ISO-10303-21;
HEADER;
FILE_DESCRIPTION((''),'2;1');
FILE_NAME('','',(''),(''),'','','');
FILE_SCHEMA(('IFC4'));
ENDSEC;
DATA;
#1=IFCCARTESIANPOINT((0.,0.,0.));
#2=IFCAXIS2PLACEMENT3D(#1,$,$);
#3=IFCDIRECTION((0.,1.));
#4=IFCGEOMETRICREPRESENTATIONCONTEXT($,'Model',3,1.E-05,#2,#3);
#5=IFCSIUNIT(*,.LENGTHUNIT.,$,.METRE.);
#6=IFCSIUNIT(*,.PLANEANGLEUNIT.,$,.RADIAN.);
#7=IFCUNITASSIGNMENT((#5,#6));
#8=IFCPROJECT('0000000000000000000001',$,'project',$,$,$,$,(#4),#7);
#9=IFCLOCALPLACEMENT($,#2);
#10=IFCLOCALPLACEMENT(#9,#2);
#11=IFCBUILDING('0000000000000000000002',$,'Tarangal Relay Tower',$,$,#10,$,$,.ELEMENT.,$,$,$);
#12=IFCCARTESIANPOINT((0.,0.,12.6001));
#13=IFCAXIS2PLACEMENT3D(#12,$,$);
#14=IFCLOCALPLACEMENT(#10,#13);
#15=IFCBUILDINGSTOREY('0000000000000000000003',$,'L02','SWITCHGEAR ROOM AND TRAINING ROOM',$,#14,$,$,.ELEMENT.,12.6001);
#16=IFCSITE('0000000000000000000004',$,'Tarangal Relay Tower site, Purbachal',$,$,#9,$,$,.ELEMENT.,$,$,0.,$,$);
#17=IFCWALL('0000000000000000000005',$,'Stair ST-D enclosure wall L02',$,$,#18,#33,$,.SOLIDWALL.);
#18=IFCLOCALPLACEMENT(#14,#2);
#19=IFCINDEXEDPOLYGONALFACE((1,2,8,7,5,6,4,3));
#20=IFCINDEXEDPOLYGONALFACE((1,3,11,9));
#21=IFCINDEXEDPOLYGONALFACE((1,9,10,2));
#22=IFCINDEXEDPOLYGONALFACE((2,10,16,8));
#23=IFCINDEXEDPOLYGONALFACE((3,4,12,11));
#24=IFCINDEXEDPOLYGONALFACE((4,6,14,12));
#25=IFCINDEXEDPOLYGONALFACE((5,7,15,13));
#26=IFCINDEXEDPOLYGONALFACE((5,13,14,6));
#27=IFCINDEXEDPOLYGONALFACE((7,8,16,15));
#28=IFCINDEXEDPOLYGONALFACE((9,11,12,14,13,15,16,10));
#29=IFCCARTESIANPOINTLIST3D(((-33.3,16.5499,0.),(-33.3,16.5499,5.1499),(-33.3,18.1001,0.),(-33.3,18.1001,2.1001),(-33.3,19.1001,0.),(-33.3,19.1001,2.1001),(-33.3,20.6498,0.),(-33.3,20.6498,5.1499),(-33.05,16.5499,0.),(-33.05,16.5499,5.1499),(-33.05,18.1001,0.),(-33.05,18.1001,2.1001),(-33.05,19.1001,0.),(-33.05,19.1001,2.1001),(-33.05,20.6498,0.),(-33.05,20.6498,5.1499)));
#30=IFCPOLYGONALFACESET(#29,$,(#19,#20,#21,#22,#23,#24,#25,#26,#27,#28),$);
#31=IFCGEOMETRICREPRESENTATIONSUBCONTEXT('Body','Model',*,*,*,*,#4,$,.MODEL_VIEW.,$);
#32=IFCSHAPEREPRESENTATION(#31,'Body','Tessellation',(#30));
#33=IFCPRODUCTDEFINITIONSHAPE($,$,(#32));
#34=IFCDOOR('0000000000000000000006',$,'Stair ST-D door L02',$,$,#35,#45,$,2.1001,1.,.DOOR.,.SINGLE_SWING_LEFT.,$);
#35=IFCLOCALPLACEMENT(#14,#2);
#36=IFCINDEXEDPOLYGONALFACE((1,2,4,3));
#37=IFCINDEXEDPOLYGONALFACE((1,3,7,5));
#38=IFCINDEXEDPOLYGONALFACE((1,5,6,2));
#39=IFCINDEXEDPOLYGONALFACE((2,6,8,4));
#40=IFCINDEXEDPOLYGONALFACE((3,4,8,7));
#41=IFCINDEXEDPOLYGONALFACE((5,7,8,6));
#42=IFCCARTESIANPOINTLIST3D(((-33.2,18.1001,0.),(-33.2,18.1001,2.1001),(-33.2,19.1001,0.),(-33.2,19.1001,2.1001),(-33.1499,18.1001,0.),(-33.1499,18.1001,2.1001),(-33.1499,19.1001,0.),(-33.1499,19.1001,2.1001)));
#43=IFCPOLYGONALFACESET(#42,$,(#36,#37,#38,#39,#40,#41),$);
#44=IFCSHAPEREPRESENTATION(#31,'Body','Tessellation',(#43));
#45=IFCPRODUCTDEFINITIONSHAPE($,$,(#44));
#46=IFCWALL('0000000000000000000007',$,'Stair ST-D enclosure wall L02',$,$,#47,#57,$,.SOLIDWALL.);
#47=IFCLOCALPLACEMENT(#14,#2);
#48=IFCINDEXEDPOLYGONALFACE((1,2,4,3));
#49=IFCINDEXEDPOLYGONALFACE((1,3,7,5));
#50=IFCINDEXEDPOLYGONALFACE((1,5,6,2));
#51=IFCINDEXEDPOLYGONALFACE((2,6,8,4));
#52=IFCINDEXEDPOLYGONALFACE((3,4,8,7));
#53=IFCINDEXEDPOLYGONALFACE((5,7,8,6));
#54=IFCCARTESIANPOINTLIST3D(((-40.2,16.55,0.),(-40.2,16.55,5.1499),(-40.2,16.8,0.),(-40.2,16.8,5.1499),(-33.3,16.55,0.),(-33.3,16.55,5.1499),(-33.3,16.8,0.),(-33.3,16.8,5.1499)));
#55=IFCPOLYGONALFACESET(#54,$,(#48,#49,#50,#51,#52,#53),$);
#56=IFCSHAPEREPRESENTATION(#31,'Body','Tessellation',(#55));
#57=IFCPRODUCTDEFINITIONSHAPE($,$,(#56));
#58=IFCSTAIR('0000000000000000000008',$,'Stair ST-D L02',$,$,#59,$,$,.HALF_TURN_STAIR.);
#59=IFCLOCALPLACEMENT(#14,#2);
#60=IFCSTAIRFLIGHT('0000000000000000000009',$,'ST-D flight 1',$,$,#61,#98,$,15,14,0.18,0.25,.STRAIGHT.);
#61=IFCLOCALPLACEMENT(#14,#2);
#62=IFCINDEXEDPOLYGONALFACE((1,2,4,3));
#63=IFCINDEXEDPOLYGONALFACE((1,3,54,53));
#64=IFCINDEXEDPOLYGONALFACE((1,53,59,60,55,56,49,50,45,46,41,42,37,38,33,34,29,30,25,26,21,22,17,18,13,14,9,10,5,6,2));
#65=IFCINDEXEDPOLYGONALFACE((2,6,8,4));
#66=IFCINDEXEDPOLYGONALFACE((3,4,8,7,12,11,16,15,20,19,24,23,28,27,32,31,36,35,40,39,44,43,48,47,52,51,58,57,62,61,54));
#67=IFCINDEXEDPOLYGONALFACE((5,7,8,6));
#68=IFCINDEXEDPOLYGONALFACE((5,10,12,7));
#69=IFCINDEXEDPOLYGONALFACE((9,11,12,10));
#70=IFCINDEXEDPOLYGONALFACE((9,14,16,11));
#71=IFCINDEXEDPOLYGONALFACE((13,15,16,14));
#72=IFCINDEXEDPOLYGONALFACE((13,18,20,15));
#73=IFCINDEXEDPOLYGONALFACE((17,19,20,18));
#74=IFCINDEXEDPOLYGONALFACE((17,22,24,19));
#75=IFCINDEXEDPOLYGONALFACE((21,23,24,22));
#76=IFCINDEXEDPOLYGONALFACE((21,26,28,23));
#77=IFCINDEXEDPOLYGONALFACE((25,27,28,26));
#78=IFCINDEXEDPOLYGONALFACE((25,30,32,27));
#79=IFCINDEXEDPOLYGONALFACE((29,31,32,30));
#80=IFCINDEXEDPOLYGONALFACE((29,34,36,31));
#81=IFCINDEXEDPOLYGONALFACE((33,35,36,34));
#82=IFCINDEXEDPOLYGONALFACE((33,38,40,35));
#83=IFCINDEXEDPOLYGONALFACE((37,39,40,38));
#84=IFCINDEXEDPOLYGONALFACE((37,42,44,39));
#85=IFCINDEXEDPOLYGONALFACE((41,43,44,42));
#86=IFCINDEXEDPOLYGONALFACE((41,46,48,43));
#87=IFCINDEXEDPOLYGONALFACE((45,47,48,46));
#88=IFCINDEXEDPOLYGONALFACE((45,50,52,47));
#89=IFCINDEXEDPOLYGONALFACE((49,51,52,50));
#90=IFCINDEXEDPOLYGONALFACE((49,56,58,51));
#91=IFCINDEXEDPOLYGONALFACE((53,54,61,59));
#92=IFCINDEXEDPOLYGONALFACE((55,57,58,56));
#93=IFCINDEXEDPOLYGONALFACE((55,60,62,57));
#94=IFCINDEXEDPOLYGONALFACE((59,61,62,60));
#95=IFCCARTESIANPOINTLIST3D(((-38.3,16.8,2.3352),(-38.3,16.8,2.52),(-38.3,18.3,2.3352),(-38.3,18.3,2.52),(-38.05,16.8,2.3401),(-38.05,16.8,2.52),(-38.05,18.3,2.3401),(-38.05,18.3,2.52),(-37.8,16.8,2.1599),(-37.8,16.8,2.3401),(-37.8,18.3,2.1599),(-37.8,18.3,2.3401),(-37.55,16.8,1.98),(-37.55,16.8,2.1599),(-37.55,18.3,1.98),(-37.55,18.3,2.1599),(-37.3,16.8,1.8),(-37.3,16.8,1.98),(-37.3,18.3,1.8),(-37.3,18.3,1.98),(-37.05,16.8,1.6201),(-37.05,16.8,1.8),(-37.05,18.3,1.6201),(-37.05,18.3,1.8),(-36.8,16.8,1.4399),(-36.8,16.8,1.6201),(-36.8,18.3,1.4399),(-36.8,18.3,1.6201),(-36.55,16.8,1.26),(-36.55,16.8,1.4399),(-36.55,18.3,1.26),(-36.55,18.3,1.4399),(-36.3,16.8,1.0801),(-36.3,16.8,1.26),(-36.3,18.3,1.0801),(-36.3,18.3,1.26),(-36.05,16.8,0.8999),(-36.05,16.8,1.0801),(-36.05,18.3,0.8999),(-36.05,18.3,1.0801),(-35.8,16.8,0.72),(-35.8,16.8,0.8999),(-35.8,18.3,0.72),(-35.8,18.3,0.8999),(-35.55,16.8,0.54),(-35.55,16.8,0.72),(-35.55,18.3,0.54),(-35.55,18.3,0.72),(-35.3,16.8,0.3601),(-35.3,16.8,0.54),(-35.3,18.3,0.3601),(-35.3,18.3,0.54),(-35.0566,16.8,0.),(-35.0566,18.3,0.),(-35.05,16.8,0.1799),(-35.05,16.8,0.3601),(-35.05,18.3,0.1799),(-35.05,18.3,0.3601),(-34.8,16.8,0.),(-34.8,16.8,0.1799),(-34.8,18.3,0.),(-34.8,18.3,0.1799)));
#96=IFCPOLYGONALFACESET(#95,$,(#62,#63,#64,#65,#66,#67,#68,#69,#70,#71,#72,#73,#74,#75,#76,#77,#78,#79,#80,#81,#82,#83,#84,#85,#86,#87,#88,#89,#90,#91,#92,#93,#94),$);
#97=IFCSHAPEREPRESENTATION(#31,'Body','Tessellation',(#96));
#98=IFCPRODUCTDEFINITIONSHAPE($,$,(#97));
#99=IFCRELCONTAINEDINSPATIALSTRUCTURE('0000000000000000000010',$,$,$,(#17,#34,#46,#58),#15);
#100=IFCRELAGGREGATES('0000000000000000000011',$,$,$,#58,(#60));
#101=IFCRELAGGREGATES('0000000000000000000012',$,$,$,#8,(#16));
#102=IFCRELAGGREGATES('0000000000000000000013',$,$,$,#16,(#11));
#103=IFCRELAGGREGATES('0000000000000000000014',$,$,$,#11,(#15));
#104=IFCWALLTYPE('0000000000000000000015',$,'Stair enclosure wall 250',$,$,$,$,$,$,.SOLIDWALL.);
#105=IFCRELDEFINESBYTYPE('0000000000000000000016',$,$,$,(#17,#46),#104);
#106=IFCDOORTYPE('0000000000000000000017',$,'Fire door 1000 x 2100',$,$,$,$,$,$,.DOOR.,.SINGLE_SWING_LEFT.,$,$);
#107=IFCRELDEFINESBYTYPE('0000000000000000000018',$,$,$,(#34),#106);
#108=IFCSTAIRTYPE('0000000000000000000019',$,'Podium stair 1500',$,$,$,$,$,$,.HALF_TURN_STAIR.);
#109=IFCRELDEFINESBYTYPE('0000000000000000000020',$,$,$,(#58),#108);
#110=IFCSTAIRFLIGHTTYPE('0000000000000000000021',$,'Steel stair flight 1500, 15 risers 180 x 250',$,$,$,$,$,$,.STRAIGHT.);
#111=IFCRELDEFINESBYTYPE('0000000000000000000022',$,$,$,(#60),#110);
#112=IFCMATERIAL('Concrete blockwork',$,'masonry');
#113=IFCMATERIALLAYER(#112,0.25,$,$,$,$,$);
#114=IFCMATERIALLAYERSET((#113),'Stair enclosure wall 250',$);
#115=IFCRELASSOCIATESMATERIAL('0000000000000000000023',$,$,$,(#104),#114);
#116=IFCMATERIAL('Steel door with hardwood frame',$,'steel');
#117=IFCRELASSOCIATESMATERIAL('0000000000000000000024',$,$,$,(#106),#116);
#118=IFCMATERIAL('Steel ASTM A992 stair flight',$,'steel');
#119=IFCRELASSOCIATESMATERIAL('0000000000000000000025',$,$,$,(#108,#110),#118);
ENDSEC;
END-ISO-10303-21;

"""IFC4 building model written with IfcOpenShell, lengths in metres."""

from ifc_helpers import new_model, si_unit, direction, frame, frame_2d, origin, place, context, subcontext, project, spatial, polyline, rectangle, outline, extrude, material, layer, layer_set, type_object, element, fill, aggregate, save


model = new_model("IFC4")

# Units and contexts
model_context = context("Model", 3, precision=1e-05, world=origin(), true_north=direction((0.0, 1.0)))
body_context = subcontext(model_context, "Body", "Model", "MODEL_VIEW")
ifc_project = project(units=[si_unit("LENGTHUNIT", "METRE"), si_unit("PLANEANGLEUNIT", "RADIAN")], contexts=[model_context])

# Site, building, storey
site_placement = place(None, origin())
site = spatial("IfcSite", under=ifc_project, at=site_placement, Name="Tarangal Relay Tower site, Purbachal", CompositionType="ELEMENT", RefElevation=0.0)
building_placement = place(site_placement, origin())
building = spatial("IfcBuilding", under=site, at=building_placement, Name="Tarangal Relay Tower", CompositionType="ELEMENT")
storey_placement = place(building_placement, frame((0.0, 0.0, 12.6001)))
storey = spatial("IfcBuildingStorey", under=building, at=storey_placement, Name="L02", Description="SWITCHGEAR ROOM AND TRAINING ROOM", CompositionType="ELEMENT", Elevation=12.6001)

# Shared definitions
ifc_material_1 = material(Name="Concrete blockwork", Category="masonry")
ifc_layer_1 = layer(ifc_material_1, 0.25)
ifc_layer_set_1 = layer_set([ifc_layer_1], Name="Stair enclosure wall 250")
wall_type = type_object("IfcWallType", Name="Stair enclosure wall 250", PredefinedType="SOLIDWALL", material=ifc_layer_set_1)

# Wall, opening, door
wall_1_placement = place(storey_placement, frame((-33.175, 16.55, 0.0), z_axis=(0.0, 0.0, 1.0), x_axis=(0.0, 1.0, 0.0)))
wall_1 = element("IfcWall", 1, at=wall_1_placement, inside=storey, type_object=wall_type, Name="Stair ST-D enclosure wall L02", PredefinedType="SOLIDWALL", context=body_context, shape_type="SweptSolid", body=[
    extrude(rectangle(XDim=4.0999, YDim=0.25, at=frame_2d((2.0498, 0.0))), origin(), (0.0, 0.0, 1.0), 5.1499),
])
opening_placement = place(wall_1_placement, frame((1.55, 0.0, 0.0)))
opening = element("IfcOpeningElement", 2, at=opening_placement, cuts=wall_1, PredefinedType="OPENING", context=body_context, shape_type="SweptSolid", body=[
    extrude(rectangle(XDim=1.0, YDim=2.1001, at=frame_2d((0.5, 1.05))), frame((0.0, 0.135, 0.0), z_axis=(0.0, -1.0, 0.0), x_axis=(1.0, 0.0, 0.0)), (0.0, 0.0, 1.0), 0.27),
])
ifc_material_2 = material(Name="Steel door with hardwood frame", Category="steel")
door_type = type_object("IfcDoorType", Name="Fire door 1000 x 2100", OperationType="SINGLE_SWING_LEFT", PredefinedType="DOOR", material=ifc_material_2)
door_placement = place(opening_placement, origin())
door = element("IfcDoor", 3, at=door_placement, inside=storey, type_object=door_type, Name="Stair ST-D door L02", OperationType="SINGLE_SWING_LEFT", OverallHeight=2.1001, OverallWidth=1.0, PredefinedType="DOOR", context=body_context, shape_type="SweptSolid", body=[
    extrude(rectangle(XDim=1.0, YDim=2.1001, at=frame_2d((0.5, 1.05))), frame((0.0, 0.0249, 0.0), z_axis=(0.0, -1.0, 0.0), x_axis=(1.0, 0.0, 0.0)), (0.0, 0.0, 1.0), 0.05),
])
fill(opening, door)

# Wall
wall_2_placement = place(storey_placement, frame((-40.2, 16.675, 0.0), z_axis=(0.0, 0.0, 1.0), x_axis=(1.0, 0.0, 0.0)))
element("IfcWall", 4, at=wall_2_placement, inside=storey, type_object=wall_type, Name="Stair ST-D enclosure wall L02", PredefinedType="SOLIDWALL", context=body_context, shape_type="SweptSolid", body=[
    extrude(rectangle(XDim=6.8999, YDim=0.25, at=frame_2d((3.45, 0.0))), origin(), (0.0, 0.0, 1.0), 5.1499),
])

# Stair, stair flight
ifc_material_3 = material(Name="Steel ASTM A992 stair flight", Category="steel")
stair_type = type_object("IfcStairType", Name="Podium stair 1500", PredefinedType="HALF_TURN_STAIR", material=ifc_material_3)
stair_placement = place(storey_placement, origin())
stair = element("IfcStair", 5, at=stair_placement, inside=storey, type_object=stair_type, Name="Stair ST-D L02", PredefinedType="HALF_TURN_STAIR")
stair_flight_type = type_object("IfcStairFlightType", Name="Steel stair flight 1500, 15 risers 180 x 250", PredefinedType="STRAIGHT", material=ifc_material_3)
stair_flight_placement = place(storey_placement, frame((-34.8, 17.55, 0.0), z_axis=(0.0, 0.0, 1.0), x_axis=(-1.0, 0.0, 0.0)))
stair_flight = element("IfcStairFlight", 6, at=stair_flight_placement, type_object=stair_flight_type, Name="ST-D flight 1", NumberOfRisers=15, NumberOfTreads=14, PredefinedType="STRAIGHT", RiserHeight=0.18, TreadLength=0.25, context=body_context, shape_type="SweptSolid", body=[
    extrude(outline(polyline([(0.0, 0.0), (0.0, 0.1799), (0.25, 0.1799), (0.25, 0.3601), (0.5, 0.3601), (0.5, 0.54), (0.75, 0.54), (0.75, 0.72), (1.0, 0.72), (1.0, 0.8999), (1.25, 0.8999), (1.25, 1.0801), (1.5, 1.0801), (1.5, 1.26), (1.75, 1.26), (1.75, 1.4399), (2.0, 1.4399), (2.0, 1.6201), (2.25, 1.6201), (2.25, 1.8), (2.5, 1.8), (2.5, 1.98), (2.75, 1.98), (2.75, 2.1599), (3.0, 2.1599), (3.0, 2.3401), (3.25, 2.3401), (3.25, 2.52), (3.5, 2.52), (3.5, 2.7), (3.5, 2.3352), (0.2566, 0.0), (0.0, 0.0)])), frame((0.0, 0.75, 0.0), z_axis=(0.0, -1.0, 0.0), x_axis=(1.0, 0.0, 0.0)), (0.0, 0.0, 1.0), 1.5),
])
aggregate(stair, [stair_flight])

save(model, "model.ifc")
